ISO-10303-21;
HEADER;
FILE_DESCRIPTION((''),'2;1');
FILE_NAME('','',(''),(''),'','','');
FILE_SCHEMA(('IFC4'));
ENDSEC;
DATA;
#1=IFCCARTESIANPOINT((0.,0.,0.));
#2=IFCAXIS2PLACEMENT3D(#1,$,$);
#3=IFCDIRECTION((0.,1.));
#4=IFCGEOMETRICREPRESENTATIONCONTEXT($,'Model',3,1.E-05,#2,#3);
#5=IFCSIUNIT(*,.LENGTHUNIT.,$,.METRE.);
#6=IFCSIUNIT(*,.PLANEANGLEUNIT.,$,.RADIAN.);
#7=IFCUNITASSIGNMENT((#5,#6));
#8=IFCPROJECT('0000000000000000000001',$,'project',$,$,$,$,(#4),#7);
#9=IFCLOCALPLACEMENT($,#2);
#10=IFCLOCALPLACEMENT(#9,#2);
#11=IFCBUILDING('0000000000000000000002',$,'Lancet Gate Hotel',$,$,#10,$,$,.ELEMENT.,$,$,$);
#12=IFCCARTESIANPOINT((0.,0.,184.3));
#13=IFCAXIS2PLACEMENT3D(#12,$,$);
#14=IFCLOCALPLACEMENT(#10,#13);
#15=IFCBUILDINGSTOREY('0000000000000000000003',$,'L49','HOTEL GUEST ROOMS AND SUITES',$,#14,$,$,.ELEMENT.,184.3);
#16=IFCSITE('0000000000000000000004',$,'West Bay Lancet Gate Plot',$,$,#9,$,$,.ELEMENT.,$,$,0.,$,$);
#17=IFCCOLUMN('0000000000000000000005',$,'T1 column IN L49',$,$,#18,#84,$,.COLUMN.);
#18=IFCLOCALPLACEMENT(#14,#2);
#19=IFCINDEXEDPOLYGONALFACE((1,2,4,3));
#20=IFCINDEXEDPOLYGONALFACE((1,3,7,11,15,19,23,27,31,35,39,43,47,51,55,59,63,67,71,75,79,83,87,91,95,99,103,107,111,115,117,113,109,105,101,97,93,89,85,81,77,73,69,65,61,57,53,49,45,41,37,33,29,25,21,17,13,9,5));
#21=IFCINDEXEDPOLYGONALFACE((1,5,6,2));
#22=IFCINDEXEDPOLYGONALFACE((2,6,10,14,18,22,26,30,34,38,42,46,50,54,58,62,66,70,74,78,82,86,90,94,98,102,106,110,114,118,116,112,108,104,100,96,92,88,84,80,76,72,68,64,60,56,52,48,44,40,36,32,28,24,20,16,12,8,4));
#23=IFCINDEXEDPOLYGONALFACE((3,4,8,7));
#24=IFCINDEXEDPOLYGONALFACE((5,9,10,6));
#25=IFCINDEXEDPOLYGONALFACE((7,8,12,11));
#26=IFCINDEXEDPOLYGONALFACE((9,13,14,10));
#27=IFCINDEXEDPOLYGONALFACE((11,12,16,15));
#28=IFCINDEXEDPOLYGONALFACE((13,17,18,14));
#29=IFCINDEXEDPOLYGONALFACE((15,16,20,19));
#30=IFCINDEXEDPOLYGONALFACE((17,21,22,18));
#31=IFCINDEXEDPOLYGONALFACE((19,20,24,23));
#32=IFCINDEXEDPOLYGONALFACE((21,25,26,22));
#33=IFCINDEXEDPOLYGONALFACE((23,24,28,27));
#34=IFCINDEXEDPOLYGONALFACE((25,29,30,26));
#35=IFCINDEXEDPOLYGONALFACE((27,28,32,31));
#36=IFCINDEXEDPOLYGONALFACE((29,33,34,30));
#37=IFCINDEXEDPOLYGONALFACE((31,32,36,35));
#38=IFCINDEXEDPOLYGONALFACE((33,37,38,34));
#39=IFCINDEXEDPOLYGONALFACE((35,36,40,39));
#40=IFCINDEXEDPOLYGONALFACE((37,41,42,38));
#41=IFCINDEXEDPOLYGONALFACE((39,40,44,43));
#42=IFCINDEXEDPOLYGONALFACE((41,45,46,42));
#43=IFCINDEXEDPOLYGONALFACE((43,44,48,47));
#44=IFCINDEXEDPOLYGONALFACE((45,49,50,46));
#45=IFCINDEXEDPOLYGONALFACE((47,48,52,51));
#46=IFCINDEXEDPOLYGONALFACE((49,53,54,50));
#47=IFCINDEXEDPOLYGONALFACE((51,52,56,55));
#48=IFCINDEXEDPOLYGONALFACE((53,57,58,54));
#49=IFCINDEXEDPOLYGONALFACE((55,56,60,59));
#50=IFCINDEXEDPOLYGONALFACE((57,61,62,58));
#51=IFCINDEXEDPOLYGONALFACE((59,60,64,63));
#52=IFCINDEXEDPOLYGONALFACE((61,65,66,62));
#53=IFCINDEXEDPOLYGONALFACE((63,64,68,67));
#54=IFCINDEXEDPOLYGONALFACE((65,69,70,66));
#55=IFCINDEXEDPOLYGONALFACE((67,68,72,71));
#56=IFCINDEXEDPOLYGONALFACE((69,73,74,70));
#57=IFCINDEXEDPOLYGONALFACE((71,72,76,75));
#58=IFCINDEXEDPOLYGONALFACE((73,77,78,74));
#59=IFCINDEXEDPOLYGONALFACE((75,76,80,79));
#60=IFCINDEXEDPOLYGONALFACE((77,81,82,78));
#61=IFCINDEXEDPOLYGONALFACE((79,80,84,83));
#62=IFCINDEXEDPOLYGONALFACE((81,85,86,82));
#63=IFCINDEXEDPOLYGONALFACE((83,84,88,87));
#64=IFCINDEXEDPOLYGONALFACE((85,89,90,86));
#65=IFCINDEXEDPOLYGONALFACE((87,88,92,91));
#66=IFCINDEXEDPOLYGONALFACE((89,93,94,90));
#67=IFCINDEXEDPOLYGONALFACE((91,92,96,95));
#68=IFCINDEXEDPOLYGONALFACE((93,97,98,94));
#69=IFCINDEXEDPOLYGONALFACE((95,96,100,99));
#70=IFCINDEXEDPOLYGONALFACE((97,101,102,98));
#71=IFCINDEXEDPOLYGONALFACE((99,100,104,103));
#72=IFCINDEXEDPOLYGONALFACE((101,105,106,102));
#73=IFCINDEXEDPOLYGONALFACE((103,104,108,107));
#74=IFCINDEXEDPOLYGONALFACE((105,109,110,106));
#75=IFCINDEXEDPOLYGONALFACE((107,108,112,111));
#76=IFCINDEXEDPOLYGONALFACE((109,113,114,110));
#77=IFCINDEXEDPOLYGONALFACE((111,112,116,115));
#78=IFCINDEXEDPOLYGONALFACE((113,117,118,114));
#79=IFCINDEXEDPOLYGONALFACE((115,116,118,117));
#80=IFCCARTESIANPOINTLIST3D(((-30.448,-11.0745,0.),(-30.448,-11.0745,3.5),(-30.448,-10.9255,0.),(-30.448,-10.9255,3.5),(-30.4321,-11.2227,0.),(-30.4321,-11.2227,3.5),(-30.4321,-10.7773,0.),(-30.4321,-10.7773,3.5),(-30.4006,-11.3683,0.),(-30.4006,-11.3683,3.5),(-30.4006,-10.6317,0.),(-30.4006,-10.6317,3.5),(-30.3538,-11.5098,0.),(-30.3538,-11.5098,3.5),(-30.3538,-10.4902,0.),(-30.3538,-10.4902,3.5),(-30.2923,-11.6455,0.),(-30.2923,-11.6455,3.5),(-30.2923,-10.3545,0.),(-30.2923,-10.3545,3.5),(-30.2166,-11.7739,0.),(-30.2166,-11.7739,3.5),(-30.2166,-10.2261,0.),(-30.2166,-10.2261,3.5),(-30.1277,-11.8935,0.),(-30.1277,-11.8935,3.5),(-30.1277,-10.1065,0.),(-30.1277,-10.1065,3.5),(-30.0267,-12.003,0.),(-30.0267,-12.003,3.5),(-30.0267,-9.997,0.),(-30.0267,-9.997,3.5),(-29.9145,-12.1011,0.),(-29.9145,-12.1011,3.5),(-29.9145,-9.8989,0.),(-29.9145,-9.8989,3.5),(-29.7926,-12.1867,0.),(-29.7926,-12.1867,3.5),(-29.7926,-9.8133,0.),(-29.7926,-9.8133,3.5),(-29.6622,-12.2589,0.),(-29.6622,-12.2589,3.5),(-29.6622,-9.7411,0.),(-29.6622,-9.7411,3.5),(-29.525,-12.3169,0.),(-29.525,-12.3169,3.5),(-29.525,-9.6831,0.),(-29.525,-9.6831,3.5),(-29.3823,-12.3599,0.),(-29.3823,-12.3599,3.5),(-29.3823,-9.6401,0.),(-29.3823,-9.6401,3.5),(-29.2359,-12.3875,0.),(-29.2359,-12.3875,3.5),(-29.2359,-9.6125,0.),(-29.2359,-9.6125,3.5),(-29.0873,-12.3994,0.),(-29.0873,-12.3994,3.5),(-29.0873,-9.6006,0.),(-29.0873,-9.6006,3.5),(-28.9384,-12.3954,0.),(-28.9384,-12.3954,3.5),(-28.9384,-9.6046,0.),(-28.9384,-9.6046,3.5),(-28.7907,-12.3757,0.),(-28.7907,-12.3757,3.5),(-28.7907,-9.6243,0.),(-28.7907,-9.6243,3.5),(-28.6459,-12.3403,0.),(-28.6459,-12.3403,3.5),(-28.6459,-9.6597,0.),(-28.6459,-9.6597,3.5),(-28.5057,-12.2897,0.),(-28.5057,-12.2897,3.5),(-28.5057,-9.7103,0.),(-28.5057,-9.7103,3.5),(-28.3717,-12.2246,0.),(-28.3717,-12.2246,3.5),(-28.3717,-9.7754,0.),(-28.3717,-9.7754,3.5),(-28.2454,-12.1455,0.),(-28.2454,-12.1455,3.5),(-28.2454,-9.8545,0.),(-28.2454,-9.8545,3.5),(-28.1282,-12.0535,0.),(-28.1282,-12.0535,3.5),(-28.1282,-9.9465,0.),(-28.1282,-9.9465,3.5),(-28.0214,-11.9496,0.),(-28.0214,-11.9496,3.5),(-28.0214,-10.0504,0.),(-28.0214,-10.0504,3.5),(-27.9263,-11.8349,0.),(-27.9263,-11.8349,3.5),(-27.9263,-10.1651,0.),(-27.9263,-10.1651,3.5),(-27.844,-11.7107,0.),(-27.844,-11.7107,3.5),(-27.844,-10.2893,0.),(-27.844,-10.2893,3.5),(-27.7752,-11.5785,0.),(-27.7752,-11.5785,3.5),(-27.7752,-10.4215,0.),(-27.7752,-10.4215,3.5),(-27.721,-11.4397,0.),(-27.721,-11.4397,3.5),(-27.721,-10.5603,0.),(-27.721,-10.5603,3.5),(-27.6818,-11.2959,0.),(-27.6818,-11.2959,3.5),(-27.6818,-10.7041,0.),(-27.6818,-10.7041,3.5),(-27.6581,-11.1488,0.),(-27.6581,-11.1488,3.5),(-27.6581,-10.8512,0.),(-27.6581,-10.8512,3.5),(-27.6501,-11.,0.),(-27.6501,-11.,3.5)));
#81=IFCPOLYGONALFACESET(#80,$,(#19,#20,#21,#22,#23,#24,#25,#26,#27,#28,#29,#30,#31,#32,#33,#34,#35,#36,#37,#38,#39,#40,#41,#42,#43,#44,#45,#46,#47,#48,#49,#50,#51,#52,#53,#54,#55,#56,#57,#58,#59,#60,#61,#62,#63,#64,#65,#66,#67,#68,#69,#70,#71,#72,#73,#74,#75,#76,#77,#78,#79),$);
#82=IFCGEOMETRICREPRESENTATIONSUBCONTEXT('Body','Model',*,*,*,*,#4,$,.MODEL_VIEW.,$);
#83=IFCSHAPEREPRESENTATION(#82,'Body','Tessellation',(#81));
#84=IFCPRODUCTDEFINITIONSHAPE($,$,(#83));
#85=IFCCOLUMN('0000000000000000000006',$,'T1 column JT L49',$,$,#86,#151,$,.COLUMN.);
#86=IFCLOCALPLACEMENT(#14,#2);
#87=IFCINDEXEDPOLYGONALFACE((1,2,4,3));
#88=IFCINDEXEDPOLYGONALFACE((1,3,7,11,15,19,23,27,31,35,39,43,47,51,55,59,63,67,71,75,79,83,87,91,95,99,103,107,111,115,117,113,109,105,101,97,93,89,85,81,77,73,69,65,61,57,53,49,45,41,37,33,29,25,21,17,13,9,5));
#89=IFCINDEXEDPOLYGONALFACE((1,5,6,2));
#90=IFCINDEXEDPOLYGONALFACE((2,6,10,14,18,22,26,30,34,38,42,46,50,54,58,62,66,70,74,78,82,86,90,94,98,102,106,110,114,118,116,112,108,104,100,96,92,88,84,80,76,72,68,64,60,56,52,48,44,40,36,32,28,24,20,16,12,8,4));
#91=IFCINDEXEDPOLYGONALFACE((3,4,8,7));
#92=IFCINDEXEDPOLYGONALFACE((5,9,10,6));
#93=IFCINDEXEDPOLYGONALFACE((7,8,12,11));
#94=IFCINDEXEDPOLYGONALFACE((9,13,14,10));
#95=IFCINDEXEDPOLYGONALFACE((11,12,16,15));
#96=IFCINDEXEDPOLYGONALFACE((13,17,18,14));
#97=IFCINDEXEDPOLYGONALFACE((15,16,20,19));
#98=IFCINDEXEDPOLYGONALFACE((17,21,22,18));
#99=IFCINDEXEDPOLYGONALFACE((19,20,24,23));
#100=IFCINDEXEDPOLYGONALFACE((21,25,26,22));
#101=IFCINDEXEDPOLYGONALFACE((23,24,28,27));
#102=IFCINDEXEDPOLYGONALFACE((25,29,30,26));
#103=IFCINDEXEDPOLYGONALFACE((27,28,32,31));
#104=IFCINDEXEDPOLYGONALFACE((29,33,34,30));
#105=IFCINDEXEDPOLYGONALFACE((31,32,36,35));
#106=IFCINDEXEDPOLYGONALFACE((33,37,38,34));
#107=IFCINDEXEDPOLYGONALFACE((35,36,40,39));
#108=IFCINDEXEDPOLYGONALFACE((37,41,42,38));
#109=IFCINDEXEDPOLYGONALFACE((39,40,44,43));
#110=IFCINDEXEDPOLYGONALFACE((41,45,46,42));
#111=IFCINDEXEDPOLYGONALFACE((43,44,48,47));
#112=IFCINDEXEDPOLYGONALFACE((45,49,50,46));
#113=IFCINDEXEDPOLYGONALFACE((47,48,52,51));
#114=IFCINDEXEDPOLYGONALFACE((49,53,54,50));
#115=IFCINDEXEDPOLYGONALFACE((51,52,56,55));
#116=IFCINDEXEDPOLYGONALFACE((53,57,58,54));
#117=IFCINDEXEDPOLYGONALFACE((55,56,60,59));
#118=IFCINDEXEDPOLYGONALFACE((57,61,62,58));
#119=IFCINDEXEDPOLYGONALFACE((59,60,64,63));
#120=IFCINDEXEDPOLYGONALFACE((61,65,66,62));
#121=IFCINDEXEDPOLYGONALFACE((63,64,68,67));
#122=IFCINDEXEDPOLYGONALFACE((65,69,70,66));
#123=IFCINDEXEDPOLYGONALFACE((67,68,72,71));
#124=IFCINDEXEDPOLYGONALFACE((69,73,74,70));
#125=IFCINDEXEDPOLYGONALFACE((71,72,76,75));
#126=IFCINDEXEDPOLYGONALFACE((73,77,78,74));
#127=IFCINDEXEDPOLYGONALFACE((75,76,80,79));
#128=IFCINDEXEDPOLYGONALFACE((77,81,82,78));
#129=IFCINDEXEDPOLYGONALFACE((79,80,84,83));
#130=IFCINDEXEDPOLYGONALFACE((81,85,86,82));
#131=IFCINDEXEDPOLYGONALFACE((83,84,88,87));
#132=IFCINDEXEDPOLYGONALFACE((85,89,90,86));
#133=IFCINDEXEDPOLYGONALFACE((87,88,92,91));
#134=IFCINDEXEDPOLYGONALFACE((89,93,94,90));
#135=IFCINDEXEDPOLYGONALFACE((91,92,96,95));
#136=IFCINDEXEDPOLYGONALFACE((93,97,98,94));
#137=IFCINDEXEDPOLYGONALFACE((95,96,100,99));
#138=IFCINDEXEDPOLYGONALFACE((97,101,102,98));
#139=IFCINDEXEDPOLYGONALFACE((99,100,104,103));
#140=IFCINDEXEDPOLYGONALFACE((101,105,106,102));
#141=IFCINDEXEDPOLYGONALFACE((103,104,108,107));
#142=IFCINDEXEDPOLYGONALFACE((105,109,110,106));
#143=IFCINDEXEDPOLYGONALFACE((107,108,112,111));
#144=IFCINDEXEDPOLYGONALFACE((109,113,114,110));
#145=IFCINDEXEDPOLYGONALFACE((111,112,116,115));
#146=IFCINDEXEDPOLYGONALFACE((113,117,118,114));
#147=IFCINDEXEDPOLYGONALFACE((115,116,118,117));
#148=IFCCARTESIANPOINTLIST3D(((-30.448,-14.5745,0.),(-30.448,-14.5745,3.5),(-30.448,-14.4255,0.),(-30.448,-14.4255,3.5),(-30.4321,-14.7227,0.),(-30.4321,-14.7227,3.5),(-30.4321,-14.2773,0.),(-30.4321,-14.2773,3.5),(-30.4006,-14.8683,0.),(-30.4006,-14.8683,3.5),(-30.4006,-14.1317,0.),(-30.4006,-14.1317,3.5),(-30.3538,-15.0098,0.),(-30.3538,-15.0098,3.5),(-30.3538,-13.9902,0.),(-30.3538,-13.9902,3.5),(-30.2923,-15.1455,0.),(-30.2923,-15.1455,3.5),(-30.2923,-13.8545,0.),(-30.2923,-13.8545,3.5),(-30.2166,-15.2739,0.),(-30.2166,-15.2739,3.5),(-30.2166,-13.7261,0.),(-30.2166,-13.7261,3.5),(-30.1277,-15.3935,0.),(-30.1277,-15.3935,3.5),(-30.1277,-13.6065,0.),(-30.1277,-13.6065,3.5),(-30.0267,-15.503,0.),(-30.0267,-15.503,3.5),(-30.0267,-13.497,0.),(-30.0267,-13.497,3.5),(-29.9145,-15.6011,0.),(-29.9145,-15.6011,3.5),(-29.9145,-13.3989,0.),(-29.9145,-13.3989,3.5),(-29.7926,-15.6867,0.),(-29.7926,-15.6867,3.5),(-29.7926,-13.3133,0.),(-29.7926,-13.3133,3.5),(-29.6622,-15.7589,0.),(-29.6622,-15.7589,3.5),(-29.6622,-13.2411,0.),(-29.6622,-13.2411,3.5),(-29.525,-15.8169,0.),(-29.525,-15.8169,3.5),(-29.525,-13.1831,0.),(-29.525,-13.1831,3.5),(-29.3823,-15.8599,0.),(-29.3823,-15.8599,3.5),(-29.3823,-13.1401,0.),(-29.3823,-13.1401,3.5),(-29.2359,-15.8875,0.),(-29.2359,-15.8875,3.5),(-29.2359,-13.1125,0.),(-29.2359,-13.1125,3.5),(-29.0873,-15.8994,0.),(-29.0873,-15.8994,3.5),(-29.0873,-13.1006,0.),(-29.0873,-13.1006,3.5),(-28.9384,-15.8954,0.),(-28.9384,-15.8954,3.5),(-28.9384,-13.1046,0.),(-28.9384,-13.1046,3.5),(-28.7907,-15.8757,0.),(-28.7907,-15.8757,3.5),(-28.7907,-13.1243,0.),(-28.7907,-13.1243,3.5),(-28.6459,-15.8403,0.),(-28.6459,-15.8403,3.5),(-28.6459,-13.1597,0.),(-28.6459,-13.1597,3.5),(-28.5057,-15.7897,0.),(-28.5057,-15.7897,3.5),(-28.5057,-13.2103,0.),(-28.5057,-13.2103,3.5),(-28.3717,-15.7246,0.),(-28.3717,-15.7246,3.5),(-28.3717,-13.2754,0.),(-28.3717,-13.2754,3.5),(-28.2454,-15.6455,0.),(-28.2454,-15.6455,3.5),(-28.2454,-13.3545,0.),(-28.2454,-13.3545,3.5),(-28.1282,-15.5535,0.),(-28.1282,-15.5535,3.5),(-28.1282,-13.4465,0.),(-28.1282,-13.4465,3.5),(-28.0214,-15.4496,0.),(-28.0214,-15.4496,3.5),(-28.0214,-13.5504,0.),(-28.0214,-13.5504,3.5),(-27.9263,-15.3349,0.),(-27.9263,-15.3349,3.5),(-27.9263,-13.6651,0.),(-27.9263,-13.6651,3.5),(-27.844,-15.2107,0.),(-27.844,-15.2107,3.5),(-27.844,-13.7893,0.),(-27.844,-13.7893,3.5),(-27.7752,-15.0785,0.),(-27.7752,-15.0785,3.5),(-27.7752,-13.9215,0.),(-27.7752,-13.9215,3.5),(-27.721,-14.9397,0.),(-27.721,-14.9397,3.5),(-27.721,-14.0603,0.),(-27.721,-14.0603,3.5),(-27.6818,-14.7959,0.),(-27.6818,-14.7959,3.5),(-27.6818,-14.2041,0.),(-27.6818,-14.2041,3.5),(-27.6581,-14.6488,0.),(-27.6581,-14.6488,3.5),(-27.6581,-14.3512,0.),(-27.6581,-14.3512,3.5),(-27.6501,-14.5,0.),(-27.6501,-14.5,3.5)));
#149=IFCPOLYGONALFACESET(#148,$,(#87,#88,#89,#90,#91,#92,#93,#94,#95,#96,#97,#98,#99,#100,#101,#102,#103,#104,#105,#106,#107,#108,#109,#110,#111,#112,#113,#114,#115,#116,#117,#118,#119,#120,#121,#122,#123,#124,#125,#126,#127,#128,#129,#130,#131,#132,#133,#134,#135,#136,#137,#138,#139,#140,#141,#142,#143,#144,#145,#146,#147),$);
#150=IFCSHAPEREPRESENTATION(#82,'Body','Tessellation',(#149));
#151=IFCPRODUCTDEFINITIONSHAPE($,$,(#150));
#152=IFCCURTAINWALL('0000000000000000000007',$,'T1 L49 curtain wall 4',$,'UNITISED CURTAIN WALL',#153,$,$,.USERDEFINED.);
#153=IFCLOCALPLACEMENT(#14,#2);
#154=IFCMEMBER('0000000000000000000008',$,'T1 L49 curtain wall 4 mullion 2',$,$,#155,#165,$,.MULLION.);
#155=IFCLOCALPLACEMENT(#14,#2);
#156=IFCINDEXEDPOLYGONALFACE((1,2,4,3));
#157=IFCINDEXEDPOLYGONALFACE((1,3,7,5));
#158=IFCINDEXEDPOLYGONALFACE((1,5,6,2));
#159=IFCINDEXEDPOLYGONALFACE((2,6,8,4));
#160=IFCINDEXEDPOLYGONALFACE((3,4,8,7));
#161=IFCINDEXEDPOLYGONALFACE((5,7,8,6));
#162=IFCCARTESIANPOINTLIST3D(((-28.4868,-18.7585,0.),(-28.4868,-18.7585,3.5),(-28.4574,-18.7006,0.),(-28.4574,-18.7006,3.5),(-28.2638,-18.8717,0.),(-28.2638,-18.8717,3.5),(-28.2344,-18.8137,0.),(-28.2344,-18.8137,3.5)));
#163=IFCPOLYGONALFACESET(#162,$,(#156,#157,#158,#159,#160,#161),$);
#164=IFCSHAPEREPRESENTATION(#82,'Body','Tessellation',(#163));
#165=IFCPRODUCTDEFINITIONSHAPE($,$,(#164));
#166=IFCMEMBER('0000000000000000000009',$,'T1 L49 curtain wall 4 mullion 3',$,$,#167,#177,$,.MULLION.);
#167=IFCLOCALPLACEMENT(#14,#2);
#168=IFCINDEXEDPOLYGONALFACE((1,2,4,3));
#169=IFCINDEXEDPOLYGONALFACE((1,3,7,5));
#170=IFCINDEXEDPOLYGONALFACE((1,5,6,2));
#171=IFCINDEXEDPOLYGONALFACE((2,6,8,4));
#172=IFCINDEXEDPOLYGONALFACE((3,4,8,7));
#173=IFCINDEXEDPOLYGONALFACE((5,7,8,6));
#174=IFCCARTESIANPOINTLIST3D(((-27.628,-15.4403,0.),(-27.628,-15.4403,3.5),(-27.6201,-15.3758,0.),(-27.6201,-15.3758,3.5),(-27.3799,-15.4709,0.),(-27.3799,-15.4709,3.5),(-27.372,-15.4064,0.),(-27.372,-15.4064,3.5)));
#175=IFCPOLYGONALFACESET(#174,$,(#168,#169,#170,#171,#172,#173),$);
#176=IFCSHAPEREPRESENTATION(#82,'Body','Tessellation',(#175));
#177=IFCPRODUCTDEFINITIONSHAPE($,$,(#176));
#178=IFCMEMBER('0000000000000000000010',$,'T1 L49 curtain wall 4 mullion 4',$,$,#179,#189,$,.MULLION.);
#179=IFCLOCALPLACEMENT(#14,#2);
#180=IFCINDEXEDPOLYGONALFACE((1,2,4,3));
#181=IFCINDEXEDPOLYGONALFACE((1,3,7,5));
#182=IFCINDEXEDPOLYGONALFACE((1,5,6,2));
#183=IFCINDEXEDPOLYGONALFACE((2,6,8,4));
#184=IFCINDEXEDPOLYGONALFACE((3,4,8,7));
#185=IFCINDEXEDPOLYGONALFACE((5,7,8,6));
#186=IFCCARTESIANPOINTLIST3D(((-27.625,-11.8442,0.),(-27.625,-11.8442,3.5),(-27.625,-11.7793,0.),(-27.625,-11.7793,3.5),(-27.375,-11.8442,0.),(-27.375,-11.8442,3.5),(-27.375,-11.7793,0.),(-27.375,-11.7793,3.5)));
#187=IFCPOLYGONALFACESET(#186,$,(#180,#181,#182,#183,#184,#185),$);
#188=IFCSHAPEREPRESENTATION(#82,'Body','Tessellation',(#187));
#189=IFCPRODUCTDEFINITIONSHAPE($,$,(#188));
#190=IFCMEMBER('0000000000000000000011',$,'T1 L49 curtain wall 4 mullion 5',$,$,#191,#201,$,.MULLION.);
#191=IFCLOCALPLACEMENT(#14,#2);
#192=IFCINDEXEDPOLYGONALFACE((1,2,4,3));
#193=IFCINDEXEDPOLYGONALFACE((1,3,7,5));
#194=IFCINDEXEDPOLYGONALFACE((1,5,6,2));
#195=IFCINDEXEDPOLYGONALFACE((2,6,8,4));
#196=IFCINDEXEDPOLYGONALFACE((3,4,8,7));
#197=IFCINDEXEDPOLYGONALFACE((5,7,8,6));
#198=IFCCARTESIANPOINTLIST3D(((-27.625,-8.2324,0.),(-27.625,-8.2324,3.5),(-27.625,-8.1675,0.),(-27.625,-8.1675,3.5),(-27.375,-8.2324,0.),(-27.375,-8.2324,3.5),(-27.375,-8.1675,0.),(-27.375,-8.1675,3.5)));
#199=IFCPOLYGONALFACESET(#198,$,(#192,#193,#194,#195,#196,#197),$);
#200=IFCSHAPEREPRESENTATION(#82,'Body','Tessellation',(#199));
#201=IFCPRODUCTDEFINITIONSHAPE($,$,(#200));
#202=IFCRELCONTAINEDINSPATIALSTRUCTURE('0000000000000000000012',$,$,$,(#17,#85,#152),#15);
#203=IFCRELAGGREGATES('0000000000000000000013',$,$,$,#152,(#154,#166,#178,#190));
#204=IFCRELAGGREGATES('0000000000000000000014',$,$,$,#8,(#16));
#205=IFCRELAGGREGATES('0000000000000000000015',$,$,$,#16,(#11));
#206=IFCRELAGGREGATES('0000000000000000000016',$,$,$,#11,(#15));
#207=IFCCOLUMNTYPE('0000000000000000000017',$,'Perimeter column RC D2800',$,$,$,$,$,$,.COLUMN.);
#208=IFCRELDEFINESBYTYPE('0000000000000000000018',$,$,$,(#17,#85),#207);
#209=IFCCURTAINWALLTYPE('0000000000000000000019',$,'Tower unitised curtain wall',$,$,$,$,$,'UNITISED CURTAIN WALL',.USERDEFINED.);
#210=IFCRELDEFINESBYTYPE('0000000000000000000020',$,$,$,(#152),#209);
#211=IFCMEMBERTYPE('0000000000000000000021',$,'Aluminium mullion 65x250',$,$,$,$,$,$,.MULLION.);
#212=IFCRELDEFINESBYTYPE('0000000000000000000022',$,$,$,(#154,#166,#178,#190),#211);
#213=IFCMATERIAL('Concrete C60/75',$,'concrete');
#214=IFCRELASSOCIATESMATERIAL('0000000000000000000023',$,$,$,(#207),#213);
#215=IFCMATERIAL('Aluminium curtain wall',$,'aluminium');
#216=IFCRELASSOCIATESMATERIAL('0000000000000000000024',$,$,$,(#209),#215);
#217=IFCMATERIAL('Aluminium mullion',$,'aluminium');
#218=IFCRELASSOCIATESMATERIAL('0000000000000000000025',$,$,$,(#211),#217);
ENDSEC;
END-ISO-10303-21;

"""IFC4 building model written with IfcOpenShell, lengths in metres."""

from ifc_helpers import new_model, si_unit, direction, frame, origin, origin_2d, place, context, subcontext, project, spatial, rectangle, circle, extrude, material, material_profile, profile_set, type_object, element, aggregate, save


model = new_model("IFC4")

# Units and contexts
model_context = context("Model", 3, precision=1e-05, world=origin(), true_north=direction((0.0, 1.0)))
body_context = subcontext(model_context, "Body", "Model", "MODEL_VIEW")
ifc_project = project(units=[si_unit("LENGTHUNIT", "METRE"), si_unit("PLANEANGLEUNIT", "RADIAN")], contexts=[model_context])

# Site, building, storey
site_placement = place(None, origin())
site = spatial("IfcSite", under=ifc_project, at=site_placement, Name="West Bay Lancet Gate Plot", CompositionType="ELEMENT", RefElevation=0.0)
building_placement = place(site_placement, origin())
building = spatial("IfcBuilding", under=site, at=building_placement, Name="Lancet Gate Hotel", CompositionType="ELEMENT")
storey_placement = place(building_placement, frame((0.0, 0.0, 184.3)))
storey = spatial("IfcBuildingStorey", under=building, at=storey_placement, Name="L49", Description="HOTEL GUEST ROOMS AND SUITES", CompositionType="ELEMENT", Elevation=184.3)

# Columns
ifc_material_1 = material(Name="Concrete C60/75", Category="concrete")
ifc_material_profile_1 = material_profile(ifc_material_1, circle(Radius=1.3999, at=origin_2d()), Name="RC D2800")
ifc_profile_set_1 = profile_set([ifc_material_profile_1], Name="Concrete C60/75")
column_type = type_object("IfcColumnType", Name="Perimeter column RC D2800", PredefinedType="COLUMN", material=ifc_profile_set_1)
for number, where, z_axis, x_axis, name in (
    (1, (-29.05, -11.0, 0.0), (0.0, 0.0, 1.0), (1.0, 0.0, 0.0), "T1 column IN L49"),
    (2, (-29.05, -14.5, 0.0), (0.0, 0.0, 1.0), (1.0, 0.0, 0.0), "T1 column JT L49"),
):
    element("IfcColumn", number, at=place(storey_placement, frame(where, z_axis=z_axis, x_axis=x_axis)), inside=storey, type_object=column_type, Name=name, PredefinedType="COLUMN", context=body_context, shape_type="SweptSolid", body=[
        extrude(circle(Radius=1.3999, at=origin_2d()), origin(), (0.0, 0.0, 1.0), 3.5),
    ])

# Curtain wall, members
ifc_material_2 = material(Name="Aluminium curtain wall", Category="aluminium")
curtain_wall_type = type_object("IfcCurtainWallType", Name="Tower unitised curtain wall", ElementType="UNITISED CURTAIN WALL", PredefinedType="USERDEFINED", material=ifc_material_2)
curtain_wall_placement = place(storey_placement, origin())
curtain_wall = element("IfcCurtainWall", 3, at=curtain_wall_placement, inside=storey, type_object=curtain_wall_type, Name="T1 L49 curtain wall 4", ObjectType="UNITISED CURTAIN WALL", PredefinedType="USERDEFINED")
ifc_material_3 = material(Name="Aluminium mullion", Category="aluminium")
ifc_material_profile_2 = material_profile(ifc_material_3, rectangle(XDim=0.0649, YDim=0.25, at=origin_2d()), Name="MULLION 65x250")
ifc_profile_set_2 = profile_set([ifc_material_profile_2], Name="Aluminium mullion")
member_type_1 = type_object("IfcMemberType", Name="Aluminium mullion 65x250", PredefinedType="MULLION", material=ifc_profile_set_2)
member_1_placement = place(storey_placement, frame((-28.3606, -18.7861, 0.0), z_axis=(0.0, 0.0, 1.0), x_axis=(0.452508, 0.891761, 0.0)))
member_1 = element("IfcMember", 4, at=member_1_placement, type_object=member_type_1, Name="T1 L49 curtain wall 4 mullion 2", PredefinedType="MULLION", context=body_context, shape_type="SweptSolid", body=[
    extrude(rectangle(XDim=0.0649, YDim=0.25, at=origin_2d()), origin(), (0.0, 0.0, 1.0), 3.5),
])
member_2_placement = place(storey_placement, frame((-27.5, -15.4233, 0.0), z_axis=(0.0, 0.0, 1.0), x_axis=(0.122467, 0.992473, 0.0)))
member_2 = element("IfcMember", 5, at=member_2_placement, type_object=member_type_1, Name="T1 L49 curtain wall 4 mullion 3", PredefinedType="MULLION", context=body_context, shape_type="SweptSolid", body=[
    extrude(rectangle(XDim=0.0649, YDim=0.25, at=origin_2d()), origin(), (0.0, 0.0, 1.0), 3.5),
])
member_3_placement = place(storey_placement, frame((-27.5, -11.8118, 0.0), z_axis=(0.0, 0.0, 1.0), x_axis=(0.0, 1.0, 0.0)))
member_3 = element("IfcMember", 6, at=member_3_placement, type_object=member_type_1, Name="T1 L49 curtain wall 4 mullion 4", PredefinedType="MULLION", context=body_context, shape_type="SweptSolid", body=[
    extrude(rectangle(XDim=0.0649, YDim=0.25, at=origin_2d()), origin(), (0.0, 0.0, 1.0), 3.5),
])
member_4_placement = place(storey_placement, frame((-27.5, -8.2, 0.0), z_axis=(0.0, 0.0, 1.0), x_axis=(0.0, 1.0, 0.0)))
member_4 = element("IfcMember", 7, at=member_4_placement, type_object=member_type_1, Name="T1 L49 curtain wall 4 mullion 5", PredefinedType="MULLION", context=body_context, shape_type="SweptSolid", body=[
    extrude(rectangle(XDim=0.0649, YDim=0.25, at=origin_2d()), origin(), (0.0, 0.0, 1.0), 3.5),
])

aggregate(curtain_wall, [member_1, member_2, member_3, member_4])

save(model, "model.ifc")
